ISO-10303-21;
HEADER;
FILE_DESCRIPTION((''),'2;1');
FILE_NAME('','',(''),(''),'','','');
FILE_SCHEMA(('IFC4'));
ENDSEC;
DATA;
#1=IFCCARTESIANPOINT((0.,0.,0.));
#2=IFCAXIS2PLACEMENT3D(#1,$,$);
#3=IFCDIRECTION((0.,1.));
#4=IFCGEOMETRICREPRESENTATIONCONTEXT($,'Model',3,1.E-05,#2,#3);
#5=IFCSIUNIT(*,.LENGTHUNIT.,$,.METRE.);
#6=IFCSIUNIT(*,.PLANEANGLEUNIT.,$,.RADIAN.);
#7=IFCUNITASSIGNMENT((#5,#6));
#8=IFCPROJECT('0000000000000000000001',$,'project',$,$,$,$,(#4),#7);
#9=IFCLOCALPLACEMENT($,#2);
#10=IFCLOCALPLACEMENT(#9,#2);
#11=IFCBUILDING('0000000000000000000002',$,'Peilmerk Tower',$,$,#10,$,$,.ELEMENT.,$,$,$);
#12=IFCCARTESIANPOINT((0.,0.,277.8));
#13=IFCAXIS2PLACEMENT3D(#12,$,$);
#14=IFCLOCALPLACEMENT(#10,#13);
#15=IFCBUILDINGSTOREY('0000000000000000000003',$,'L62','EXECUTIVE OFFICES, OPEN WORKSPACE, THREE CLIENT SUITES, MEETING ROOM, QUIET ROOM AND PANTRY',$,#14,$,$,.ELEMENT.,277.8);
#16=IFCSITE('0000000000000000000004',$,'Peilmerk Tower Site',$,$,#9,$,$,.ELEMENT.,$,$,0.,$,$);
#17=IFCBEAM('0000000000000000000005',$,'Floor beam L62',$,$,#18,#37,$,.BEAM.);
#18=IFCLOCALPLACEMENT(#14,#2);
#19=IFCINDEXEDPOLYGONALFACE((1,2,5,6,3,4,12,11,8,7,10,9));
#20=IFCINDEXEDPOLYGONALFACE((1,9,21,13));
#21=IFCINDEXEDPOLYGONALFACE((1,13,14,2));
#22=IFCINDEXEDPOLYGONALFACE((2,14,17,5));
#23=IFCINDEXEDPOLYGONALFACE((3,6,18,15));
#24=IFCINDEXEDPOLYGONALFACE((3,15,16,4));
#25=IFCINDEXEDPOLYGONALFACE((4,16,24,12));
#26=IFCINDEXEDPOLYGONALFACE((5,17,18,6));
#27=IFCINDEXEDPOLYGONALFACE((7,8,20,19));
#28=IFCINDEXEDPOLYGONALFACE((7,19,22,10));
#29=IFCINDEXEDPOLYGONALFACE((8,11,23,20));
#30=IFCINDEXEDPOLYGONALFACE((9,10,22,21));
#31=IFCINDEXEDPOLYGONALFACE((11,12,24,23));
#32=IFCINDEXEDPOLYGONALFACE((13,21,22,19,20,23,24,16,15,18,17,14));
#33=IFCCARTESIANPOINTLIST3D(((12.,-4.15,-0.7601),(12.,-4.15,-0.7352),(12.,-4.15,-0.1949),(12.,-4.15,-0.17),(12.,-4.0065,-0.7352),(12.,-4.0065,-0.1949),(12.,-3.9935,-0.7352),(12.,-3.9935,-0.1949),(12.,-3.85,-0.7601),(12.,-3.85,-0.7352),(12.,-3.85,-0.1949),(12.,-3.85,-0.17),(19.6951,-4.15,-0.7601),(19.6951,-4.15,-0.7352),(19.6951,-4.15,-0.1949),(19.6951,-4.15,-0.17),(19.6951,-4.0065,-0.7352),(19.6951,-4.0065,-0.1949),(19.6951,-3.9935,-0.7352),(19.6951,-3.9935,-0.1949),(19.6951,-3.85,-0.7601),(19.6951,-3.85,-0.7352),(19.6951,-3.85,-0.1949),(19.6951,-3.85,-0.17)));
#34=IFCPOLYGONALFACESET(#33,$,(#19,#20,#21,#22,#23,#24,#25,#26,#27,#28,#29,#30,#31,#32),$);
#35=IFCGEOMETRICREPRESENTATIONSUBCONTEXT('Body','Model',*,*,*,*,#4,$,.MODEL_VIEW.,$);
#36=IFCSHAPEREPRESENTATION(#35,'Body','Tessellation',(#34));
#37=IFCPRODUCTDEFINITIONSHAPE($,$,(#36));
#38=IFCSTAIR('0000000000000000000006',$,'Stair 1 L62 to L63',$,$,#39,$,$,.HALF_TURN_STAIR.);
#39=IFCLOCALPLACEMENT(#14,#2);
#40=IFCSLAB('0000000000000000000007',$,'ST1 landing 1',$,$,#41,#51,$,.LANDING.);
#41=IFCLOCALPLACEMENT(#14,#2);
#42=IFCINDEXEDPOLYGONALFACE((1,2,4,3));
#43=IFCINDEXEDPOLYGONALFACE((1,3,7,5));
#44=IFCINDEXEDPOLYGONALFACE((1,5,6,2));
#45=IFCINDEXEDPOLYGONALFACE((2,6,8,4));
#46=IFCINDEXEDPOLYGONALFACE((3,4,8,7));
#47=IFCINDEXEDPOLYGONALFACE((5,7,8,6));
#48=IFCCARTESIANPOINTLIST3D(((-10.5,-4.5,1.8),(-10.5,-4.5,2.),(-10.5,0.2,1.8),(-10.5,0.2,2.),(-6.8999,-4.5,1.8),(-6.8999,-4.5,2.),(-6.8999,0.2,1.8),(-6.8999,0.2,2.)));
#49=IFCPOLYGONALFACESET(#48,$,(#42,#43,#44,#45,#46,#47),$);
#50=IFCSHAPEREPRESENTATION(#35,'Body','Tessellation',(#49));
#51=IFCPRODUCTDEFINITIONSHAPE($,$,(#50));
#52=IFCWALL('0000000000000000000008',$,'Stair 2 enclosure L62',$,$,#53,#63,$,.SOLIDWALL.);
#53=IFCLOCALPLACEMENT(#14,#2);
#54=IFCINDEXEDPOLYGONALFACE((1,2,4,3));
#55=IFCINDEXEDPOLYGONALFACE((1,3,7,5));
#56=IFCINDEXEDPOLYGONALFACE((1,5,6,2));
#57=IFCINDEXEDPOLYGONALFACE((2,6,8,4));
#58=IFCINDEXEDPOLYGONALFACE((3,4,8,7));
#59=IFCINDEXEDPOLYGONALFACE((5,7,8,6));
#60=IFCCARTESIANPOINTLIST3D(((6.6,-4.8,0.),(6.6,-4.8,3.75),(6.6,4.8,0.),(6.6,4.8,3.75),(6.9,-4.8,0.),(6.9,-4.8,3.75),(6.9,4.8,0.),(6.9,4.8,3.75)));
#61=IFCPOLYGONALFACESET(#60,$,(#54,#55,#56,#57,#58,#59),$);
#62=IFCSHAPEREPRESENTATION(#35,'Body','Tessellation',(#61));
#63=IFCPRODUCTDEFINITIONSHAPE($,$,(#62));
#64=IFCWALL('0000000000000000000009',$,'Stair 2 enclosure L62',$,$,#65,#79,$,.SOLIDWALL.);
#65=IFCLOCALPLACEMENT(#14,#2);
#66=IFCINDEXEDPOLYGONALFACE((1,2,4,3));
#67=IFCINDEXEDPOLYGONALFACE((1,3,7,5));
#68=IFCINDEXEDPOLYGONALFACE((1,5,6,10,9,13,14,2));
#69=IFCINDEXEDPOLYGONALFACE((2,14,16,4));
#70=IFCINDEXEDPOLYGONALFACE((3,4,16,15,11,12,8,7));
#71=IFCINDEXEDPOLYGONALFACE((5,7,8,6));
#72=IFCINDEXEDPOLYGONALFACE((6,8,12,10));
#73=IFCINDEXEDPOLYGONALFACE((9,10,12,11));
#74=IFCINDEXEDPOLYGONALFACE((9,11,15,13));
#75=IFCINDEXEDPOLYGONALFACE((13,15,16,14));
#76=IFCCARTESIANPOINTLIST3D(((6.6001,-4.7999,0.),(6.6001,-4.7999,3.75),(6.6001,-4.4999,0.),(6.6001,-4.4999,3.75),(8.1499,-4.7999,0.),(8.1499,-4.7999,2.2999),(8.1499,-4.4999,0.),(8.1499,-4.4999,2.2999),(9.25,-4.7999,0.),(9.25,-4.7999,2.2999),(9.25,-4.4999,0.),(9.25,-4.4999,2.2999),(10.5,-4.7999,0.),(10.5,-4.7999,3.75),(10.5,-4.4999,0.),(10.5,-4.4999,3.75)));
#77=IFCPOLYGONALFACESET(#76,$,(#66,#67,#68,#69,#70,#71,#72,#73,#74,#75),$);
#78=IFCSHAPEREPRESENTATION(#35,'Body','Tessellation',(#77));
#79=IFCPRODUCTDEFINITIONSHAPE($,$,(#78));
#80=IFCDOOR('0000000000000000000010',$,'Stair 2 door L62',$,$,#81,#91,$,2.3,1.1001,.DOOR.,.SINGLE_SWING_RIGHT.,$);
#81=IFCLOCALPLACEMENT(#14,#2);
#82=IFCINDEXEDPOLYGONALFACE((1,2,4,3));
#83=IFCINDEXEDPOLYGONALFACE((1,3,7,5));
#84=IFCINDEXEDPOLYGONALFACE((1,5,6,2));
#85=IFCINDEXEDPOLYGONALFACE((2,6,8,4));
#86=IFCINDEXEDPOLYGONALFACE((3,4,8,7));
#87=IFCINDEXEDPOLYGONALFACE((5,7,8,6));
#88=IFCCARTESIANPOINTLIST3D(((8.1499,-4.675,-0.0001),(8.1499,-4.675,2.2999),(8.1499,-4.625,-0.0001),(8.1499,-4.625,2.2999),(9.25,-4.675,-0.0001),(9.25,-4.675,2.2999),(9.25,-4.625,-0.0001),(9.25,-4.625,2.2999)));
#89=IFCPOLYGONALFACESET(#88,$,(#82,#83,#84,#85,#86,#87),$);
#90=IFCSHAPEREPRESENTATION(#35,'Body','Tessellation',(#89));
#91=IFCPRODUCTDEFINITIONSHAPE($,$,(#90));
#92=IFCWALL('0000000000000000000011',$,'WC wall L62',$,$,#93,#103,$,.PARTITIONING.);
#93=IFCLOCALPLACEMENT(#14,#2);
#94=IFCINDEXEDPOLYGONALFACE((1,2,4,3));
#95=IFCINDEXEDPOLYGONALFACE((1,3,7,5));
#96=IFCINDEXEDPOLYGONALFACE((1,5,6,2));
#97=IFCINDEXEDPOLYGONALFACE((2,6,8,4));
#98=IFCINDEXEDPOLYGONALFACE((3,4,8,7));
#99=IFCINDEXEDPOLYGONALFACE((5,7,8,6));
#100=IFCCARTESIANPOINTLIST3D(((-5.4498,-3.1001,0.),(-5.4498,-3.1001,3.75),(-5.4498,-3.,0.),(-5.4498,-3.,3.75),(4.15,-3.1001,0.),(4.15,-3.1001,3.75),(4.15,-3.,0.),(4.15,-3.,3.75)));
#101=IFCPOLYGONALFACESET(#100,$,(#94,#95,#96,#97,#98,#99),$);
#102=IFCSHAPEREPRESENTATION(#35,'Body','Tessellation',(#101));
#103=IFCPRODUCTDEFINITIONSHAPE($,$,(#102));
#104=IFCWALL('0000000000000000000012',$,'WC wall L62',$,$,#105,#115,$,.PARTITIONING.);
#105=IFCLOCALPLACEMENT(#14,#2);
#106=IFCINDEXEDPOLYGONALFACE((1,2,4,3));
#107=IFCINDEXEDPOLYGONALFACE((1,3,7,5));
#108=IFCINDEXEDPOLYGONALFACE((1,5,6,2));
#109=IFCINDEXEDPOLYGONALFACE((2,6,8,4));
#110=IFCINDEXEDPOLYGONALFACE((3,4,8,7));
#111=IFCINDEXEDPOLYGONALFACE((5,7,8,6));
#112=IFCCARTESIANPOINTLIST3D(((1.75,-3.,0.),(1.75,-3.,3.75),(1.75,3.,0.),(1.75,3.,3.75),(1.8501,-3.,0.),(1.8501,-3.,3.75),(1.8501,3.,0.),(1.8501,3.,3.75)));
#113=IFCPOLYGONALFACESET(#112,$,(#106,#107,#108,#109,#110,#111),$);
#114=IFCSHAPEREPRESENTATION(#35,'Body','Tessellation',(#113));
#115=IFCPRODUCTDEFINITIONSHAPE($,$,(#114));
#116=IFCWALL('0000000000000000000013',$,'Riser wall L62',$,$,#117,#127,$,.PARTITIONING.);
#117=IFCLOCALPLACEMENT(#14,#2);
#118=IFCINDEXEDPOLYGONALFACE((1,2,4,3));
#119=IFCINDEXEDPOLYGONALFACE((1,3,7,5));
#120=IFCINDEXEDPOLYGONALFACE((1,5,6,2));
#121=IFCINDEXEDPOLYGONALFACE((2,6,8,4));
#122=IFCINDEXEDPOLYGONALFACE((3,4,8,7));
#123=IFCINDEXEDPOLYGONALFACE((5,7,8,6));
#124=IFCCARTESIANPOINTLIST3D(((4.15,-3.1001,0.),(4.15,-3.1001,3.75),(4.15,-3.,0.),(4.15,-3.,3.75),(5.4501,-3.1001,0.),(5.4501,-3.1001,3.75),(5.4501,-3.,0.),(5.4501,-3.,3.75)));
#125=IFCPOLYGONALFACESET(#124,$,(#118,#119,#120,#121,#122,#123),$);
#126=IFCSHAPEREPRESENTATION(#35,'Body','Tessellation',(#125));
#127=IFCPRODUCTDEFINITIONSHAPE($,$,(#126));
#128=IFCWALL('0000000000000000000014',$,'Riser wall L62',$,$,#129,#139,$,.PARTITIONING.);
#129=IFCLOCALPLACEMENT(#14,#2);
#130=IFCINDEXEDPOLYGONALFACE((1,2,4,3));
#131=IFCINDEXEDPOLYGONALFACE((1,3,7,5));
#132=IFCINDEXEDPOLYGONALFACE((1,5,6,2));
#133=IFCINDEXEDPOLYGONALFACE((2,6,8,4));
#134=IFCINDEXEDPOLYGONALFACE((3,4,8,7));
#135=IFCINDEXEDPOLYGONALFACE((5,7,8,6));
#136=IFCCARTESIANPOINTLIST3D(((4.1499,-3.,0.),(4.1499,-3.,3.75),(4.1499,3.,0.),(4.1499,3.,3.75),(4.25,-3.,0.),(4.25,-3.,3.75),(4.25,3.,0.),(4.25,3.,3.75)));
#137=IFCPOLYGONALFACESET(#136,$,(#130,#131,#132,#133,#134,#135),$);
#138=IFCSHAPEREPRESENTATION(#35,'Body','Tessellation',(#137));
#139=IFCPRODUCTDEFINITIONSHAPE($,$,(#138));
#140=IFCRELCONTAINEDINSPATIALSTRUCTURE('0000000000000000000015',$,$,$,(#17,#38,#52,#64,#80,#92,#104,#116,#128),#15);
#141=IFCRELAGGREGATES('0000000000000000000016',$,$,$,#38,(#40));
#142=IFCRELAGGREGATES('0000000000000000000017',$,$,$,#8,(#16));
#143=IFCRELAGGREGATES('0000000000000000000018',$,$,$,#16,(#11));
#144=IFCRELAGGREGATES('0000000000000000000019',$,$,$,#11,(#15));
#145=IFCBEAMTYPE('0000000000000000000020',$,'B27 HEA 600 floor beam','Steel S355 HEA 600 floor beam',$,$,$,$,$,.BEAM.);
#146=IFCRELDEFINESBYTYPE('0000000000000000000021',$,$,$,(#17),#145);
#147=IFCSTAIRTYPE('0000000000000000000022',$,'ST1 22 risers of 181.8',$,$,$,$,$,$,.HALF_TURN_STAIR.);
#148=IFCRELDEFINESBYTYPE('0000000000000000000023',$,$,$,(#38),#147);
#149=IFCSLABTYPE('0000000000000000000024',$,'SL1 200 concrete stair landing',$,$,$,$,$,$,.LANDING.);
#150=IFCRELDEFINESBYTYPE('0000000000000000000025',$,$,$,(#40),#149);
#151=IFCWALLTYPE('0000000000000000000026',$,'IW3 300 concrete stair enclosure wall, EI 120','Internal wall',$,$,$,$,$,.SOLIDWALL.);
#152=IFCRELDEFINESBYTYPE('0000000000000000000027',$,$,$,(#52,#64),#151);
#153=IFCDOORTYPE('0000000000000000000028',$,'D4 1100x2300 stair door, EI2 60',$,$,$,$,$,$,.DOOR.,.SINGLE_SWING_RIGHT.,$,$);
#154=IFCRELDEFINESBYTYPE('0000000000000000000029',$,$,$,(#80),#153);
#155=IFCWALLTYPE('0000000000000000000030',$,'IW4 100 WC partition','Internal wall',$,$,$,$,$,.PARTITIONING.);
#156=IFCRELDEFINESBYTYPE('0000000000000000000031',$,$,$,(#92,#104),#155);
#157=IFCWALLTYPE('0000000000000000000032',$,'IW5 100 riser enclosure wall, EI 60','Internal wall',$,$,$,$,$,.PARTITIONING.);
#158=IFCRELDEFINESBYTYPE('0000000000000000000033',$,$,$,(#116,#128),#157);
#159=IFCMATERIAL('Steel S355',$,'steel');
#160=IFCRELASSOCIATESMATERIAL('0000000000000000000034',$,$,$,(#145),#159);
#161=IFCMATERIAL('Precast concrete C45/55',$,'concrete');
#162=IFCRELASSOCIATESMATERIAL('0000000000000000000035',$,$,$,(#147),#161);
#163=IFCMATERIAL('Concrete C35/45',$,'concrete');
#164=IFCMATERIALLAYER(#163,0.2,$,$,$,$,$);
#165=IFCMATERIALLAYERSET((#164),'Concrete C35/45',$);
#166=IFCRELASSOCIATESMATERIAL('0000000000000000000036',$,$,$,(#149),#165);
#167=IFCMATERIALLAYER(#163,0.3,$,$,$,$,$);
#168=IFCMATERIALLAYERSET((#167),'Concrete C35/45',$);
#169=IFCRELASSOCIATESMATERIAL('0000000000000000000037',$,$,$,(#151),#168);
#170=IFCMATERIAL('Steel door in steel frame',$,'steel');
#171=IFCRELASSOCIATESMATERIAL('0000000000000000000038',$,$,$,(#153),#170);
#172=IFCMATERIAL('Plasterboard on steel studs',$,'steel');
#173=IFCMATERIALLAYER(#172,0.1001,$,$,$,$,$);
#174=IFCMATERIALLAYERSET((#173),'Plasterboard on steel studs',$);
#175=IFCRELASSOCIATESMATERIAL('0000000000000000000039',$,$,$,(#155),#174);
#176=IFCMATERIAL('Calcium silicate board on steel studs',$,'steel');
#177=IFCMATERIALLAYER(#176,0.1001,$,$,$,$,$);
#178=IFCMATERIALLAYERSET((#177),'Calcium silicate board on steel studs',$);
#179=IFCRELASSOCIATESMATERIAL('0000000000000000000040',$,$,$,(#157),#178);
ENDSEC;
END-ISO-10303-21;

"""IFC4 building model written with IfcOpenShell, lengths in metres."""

from ifc_helpers import new_model, si_unit, direction, frame, frame_2d, origin, origin_2d, place, context, subcontext, project, spatial, polyline, rectangle, i_section, outline, extrude, material, layer, layer_set, material_profile, profile_set, type_object, element, fill, aggregate, save


model = new_model("IFC4")

# Units and contexts
model_context = context("Model", 3, precision=1e-05, world=origin(), true_north=direction((0.0, 1.0)))
body_context = subcontext(model_context, "Body", "Model", "MODEL_VIEW")
ifc_project = project(units=[si_unit("LENGTHUNIT", "METRE"), si_unit("PLANEANGLEUNIT", "RADIAN")], contexts=[model_context])

# Site, building, storey
site_placement = place(None, origin())
site = spatial("IfcSite", under=ifc_project, at=site_placement, Name="Peilmerk Tower Site", CompositionType="ELEMENT", RefElevation=0.0)
building_placement = place(site_placement, origin())
building = spatial("IfcBuilding", under=site, at=building_placement, Name="Peilmerk Tower", CompositionType="ELEMENT")
storey_placement = place(building_placement, frame((0.0, 0.0, 277.8)))
storey = spatial("IfcBuildingStorey", under=building, at=storey_placement, Name="L62", Description="EXECUTIVE OFFICES, OPEN WORKSPACE, THREE CLIENT SUITES, MEETING ROOM, QUIET ROOM AND PANTRY", CompositionType="ELEMENT", Elevation=277.8)

# Beam
ifc_material_1 = material(Name="Steel S355", Category="steel")
ifc_material_profile = material_profile(ifc_material_1, i_section(OverallWidth=0.3, OverallDepth=0.5901, WebThickness=0.0129, FlangeThickness=0.0249, at=origin_2d()), Name="HEA 600")
ifc_profile_set = profile_set([ifc_material_profile], Name="Steel S355")
beam_type = type_object("IfcBeamType", Name="B27 HEA 600 floor beam", Description="Steel S355 HEA 600 floor beam", PredefinedType="BEAM", material=ifc_profile_set)
beam_placement = place(storey_placement, frame((12.0, -4.0, -0.4651), z_axis=(1.0, 0.0, 0.0), x_axis=(0.0, 1.0, 0.0)))
element("IfcBeam", 1, at=beam_placement, inside=storey, type_object=beam_type, Name="Floor beam L62", PredefinedType="BEAM", context=body_context, shape_type="SweptSolid", body=[
    extrude(i_section(OverallWidth=0.3, OverallDepth=0.5901, WebThickness=0.0129, FlangeThickness=0.0249, at=origin_2d()), origin(), (0.0, 0.0, 1.0), 7.6951),
])

# Stair, slab
ifc_material_2 = material(Name="Precast concrete C45/55", Category="concrete")
stair_type_1 = type_object("IfcStairType", Name="ST1 22 risers of 181.8", PredefinedType="HALF_TURN_STAIR", material=ifc_material_2)
stair_1_placement = place(storey_placement, origin())
stair_1 = element("IfcStair", 2, at=stair_1_placement, inside=storey, type_object=stair_type_1, Name="Stair 1 L62 to L63", PredefinedType="HALF_TURN_STAIR")
ifc_material_3 = material(Name="Concrete C35/45", Category="concrete")
ifc_layer_1 = layer(ifc_material_3, 0.2)
ifc_layer_set_1 = layer_set([ifc_layer_1], Name="Concrete C35/45")
slab_type = type_object("IfcSlabType", Name="SL1 200 concrete stair landing", PredefinedType="LANDING", material=ifc_layer_set_1)
slab_placement = place(storey_placement, frame((0.0, 0.0, 1.8)))
slab = element("IfcSlab", 3, at=slab_placement, type_object=slab_type, Name="ST1 landing 1", PredefinedType="LANDING", context=body_context, shape_type="SweptSolid", body=[
    extrude(outline(polyline([(-10.5, -4.5), (-6.8999, -4.5), (-6.8999, 0.2), (-10.5, 0.2), (-10.5, -4.5)])), origin(), (0.0, 0.0, 1.0), 0.2),
])
aggregate(stair_1, [slab])

# Wall
ifc_layer_2 = layer(ifc_material_3, 0.3)
ifc_layer_set_2 = layer_set([ifc_layer_2], Name="Concrete C35/45")
wall_type_1 = type_object("IfcWallType", Name="IW3 300 concrete stair enclosure wall, EI 120", Description="Internal wall", PredefinedType="SOLIDWALL", material=ifc_layer_set_2)
wall_1_placement = place(storey_placement, frame((6.75, -4.8, 0.0), z_axis=(0.0, 0.0, 1.0), x_axis=(0.0, 1.0, 0.0)))
element("IfcWall", 4, at=wall_1_placement, inside=storey, type_object=wall_type_1, Name="Stair 2 enclosure L62", PredefinedType="SOLIDWALL", context=body_context, shape_type="SweptSolid", body=[
    extrude(rectangle(XDim=9.6001, YDim=0.3, at=frame_2d((4.8, 0.0))), origin(), (0.0, 0.0, 1.0), 3.75),
])

# Wall, opening, door
wall_2_placement = place(storey_placement, frame((10.5, -4.6499, 0.0), z_axis=(0.0, 0.0, 1.0), x_axis=(-1.0, 0.0, 0.0)))
wall_2 = element("IfcWall", 5, at=wall_2_placement, inside=storey, type_object=wall_type_1, Name="Stair 2 enclosure L62", PredefinedType="SOLIDWALL", context=body_context, shape_type="SweptSolid", body=[
    extrude(rectangle(XDim=3.8999, YDim=0.3, at=frame_2d((1.95, 0.0))), origin(), (0.0, 0.0, 1.0), 3.75),
])
opening_1_placement = place(wall_2_placement, frame((1.25, 0.0, 0.0)))
opening_1 = element("IfcOpeningElement", 6, at=opening_1_placement, cuts=wall_2, PredefinedType="OPENING", context=body_context, shape_type="SweptSolid", body=[
    extrude(rectangle(XDim=1.1001, YDim=2.3, at=frame_2d((0.55, 1.1499))), frame((0.0, 0.1599, 0.0), z_axis=(0.0, -1.0, 0.0), x_axis=(1.0, 0.0, 0.0)), (0.0, 0.0, 1.0), 0.3201),
])
ifc_material_4 = material(Name="Steel door in steel frame", Category="steel")
door_type_1 = type_object("IfcDoorType", Name="D4 1100x2300 stair door, EI2 60", OperationType="SINGLE_SWING_RIGHT", PredefinedType="DOOR", material=ifc_material_4)
door_1_placement = place(opening_1_placement, frame((1.1001, 0.0, 0.0), z_axis=(0.0, 0.0, 1.0), x_axis=(-1.0, 0.0, 0.0)))
door_1 = element("IfcDoor", 7, at=door_1_placement, inside=storey, type_object=door_type_1, Name="Stair 2 door L62", OperationType="SINGLE_SWING_RIGHT", OverallHeight=2.3, OverallWidth=1.1001, PredefinedType="DOOR", context=body_context, shape_type="SweptSolid", body=[
    extrude(rectangle(XDim=1.1001, YDim=2.3, at=frame_2d((0.55, 1.1499))), frame((0.0, 0.0249, 0.0), z_axis=(0.0, -1.0, 0.0), x_axis=(1.0, 0.0, 0.0)), (0.0, 0.0, 1.0), 0.05),
])
fill(opening_1, door_1)

# Walls
ifc_material_5 = material(Name="Plasterboard on steel studs", Category="steel")
ifc_layer_3 = layer(ifc_material_5, 0.1001)
ifc_layer_set_3 = layer_set([ifc_layer_3], Name="Plasterboard on steel studs")
wall_type_2 = type_object("IfcWallType", Name="IW4 100 WC partition", Description="Internal wall", PredefinedType="PARTITIONING", material=ifc_layer_set_3)
wall_3_placement = place(storey_placement, frame((4.1499, -3.05, 0.0), z_axis=(0.0, 0.0, 1.0), x_axis=(-1.0, 0.0, 0.0)))
element("IfcWall", 8, at=wall_3_placement, inside=storey, type_object=wall_type_2, Name="WC wall L62", PredefinedType="PARTITIONING", context=body_context, shape_type="SweptSolid", body=[
    extrude(rectangle(XDim=9.5999, YDim=0.1001, at=frame_2d((4.7998, 0.0))), origin(), (0.0, 0.0, 1.0), 3.75),
])
wall_4_placement = place(storey_placement, frame((1.8, -3.0, 0.0), z_axis=(0.0, 0.0, 1.0), x_axis=(0.0, 1.0, 0.0)))
element("IfcWall", 9, at=wall_4_placement, inside=storey, type_object=wall_type_2, Name="WC wall L62", PredefinedType="PARTITIONING", context=body_context, shape_type="SweptSolid", body=[
    extrude(rectangle(XDim=6.0, YDim=0.1001, at=frame_2d((3.0, 0.0))), origin(), (0.0, 0.0, 1.0), 3.75),
])
ifc_material_6 = material(Name="Calcium silicate board on steel studs", Category="steel")
ifc_layer_4 = layer(ifc_material_6, 0.1001)
ifc_layer_set_4 = layer_set([ifc_layer_4], Name="Calcium silicate board on steel studs")
wall_type_3 = type_object("IfcWallType", Name="IW5 100 riser enclosure wall, EI 60", Description="Internal wall", PredefinedType="PARTITIONING", material=ifc_layer_set_4)
wall_5_placement = place(storey_placement, frame((5.45, -3.05, 0.0), z_axis=(0.0, 0.0, 1.0), x_axis=(-1.0, 0.0, 0.0)))
element("IfcWall", 10, at=wall_5_placement, inside=storey, type_object=wall_type_3, Name="Riser wall L62", PredefinedType="PARTITIONING", context=body_context, shape_type="SweptSolid", body=[
    extrude(rectangle(XDim=1.3, YDim=0.1001, at=frame_2d((0.6499, 0.0))), origin(), (0.0, 0.0, 1.0), 3.75),
])
wall_6_placement = place(storey_placement, frame((4.2, -3.0, 0.0), z_axis=(0.0, 0.0, 1.0), x_axis=(0.0, 1.0, 0.0)))
element("IfcWall", 11, at=wall_6_placement, inside=storey, type_object=wall_type_3, Name="Riser wall L62", PredefinedType="PARTITIONING", context=body_context, shape_type="SweptSolid", body=[
    extrude(rectangle(XDim=6.0, YDim=0.1001, at=frame_2d((3.0, 0.0))), origin(), (0.0, 0.0, 1.0), 3.75),
])

save(model, "model.ifc")
